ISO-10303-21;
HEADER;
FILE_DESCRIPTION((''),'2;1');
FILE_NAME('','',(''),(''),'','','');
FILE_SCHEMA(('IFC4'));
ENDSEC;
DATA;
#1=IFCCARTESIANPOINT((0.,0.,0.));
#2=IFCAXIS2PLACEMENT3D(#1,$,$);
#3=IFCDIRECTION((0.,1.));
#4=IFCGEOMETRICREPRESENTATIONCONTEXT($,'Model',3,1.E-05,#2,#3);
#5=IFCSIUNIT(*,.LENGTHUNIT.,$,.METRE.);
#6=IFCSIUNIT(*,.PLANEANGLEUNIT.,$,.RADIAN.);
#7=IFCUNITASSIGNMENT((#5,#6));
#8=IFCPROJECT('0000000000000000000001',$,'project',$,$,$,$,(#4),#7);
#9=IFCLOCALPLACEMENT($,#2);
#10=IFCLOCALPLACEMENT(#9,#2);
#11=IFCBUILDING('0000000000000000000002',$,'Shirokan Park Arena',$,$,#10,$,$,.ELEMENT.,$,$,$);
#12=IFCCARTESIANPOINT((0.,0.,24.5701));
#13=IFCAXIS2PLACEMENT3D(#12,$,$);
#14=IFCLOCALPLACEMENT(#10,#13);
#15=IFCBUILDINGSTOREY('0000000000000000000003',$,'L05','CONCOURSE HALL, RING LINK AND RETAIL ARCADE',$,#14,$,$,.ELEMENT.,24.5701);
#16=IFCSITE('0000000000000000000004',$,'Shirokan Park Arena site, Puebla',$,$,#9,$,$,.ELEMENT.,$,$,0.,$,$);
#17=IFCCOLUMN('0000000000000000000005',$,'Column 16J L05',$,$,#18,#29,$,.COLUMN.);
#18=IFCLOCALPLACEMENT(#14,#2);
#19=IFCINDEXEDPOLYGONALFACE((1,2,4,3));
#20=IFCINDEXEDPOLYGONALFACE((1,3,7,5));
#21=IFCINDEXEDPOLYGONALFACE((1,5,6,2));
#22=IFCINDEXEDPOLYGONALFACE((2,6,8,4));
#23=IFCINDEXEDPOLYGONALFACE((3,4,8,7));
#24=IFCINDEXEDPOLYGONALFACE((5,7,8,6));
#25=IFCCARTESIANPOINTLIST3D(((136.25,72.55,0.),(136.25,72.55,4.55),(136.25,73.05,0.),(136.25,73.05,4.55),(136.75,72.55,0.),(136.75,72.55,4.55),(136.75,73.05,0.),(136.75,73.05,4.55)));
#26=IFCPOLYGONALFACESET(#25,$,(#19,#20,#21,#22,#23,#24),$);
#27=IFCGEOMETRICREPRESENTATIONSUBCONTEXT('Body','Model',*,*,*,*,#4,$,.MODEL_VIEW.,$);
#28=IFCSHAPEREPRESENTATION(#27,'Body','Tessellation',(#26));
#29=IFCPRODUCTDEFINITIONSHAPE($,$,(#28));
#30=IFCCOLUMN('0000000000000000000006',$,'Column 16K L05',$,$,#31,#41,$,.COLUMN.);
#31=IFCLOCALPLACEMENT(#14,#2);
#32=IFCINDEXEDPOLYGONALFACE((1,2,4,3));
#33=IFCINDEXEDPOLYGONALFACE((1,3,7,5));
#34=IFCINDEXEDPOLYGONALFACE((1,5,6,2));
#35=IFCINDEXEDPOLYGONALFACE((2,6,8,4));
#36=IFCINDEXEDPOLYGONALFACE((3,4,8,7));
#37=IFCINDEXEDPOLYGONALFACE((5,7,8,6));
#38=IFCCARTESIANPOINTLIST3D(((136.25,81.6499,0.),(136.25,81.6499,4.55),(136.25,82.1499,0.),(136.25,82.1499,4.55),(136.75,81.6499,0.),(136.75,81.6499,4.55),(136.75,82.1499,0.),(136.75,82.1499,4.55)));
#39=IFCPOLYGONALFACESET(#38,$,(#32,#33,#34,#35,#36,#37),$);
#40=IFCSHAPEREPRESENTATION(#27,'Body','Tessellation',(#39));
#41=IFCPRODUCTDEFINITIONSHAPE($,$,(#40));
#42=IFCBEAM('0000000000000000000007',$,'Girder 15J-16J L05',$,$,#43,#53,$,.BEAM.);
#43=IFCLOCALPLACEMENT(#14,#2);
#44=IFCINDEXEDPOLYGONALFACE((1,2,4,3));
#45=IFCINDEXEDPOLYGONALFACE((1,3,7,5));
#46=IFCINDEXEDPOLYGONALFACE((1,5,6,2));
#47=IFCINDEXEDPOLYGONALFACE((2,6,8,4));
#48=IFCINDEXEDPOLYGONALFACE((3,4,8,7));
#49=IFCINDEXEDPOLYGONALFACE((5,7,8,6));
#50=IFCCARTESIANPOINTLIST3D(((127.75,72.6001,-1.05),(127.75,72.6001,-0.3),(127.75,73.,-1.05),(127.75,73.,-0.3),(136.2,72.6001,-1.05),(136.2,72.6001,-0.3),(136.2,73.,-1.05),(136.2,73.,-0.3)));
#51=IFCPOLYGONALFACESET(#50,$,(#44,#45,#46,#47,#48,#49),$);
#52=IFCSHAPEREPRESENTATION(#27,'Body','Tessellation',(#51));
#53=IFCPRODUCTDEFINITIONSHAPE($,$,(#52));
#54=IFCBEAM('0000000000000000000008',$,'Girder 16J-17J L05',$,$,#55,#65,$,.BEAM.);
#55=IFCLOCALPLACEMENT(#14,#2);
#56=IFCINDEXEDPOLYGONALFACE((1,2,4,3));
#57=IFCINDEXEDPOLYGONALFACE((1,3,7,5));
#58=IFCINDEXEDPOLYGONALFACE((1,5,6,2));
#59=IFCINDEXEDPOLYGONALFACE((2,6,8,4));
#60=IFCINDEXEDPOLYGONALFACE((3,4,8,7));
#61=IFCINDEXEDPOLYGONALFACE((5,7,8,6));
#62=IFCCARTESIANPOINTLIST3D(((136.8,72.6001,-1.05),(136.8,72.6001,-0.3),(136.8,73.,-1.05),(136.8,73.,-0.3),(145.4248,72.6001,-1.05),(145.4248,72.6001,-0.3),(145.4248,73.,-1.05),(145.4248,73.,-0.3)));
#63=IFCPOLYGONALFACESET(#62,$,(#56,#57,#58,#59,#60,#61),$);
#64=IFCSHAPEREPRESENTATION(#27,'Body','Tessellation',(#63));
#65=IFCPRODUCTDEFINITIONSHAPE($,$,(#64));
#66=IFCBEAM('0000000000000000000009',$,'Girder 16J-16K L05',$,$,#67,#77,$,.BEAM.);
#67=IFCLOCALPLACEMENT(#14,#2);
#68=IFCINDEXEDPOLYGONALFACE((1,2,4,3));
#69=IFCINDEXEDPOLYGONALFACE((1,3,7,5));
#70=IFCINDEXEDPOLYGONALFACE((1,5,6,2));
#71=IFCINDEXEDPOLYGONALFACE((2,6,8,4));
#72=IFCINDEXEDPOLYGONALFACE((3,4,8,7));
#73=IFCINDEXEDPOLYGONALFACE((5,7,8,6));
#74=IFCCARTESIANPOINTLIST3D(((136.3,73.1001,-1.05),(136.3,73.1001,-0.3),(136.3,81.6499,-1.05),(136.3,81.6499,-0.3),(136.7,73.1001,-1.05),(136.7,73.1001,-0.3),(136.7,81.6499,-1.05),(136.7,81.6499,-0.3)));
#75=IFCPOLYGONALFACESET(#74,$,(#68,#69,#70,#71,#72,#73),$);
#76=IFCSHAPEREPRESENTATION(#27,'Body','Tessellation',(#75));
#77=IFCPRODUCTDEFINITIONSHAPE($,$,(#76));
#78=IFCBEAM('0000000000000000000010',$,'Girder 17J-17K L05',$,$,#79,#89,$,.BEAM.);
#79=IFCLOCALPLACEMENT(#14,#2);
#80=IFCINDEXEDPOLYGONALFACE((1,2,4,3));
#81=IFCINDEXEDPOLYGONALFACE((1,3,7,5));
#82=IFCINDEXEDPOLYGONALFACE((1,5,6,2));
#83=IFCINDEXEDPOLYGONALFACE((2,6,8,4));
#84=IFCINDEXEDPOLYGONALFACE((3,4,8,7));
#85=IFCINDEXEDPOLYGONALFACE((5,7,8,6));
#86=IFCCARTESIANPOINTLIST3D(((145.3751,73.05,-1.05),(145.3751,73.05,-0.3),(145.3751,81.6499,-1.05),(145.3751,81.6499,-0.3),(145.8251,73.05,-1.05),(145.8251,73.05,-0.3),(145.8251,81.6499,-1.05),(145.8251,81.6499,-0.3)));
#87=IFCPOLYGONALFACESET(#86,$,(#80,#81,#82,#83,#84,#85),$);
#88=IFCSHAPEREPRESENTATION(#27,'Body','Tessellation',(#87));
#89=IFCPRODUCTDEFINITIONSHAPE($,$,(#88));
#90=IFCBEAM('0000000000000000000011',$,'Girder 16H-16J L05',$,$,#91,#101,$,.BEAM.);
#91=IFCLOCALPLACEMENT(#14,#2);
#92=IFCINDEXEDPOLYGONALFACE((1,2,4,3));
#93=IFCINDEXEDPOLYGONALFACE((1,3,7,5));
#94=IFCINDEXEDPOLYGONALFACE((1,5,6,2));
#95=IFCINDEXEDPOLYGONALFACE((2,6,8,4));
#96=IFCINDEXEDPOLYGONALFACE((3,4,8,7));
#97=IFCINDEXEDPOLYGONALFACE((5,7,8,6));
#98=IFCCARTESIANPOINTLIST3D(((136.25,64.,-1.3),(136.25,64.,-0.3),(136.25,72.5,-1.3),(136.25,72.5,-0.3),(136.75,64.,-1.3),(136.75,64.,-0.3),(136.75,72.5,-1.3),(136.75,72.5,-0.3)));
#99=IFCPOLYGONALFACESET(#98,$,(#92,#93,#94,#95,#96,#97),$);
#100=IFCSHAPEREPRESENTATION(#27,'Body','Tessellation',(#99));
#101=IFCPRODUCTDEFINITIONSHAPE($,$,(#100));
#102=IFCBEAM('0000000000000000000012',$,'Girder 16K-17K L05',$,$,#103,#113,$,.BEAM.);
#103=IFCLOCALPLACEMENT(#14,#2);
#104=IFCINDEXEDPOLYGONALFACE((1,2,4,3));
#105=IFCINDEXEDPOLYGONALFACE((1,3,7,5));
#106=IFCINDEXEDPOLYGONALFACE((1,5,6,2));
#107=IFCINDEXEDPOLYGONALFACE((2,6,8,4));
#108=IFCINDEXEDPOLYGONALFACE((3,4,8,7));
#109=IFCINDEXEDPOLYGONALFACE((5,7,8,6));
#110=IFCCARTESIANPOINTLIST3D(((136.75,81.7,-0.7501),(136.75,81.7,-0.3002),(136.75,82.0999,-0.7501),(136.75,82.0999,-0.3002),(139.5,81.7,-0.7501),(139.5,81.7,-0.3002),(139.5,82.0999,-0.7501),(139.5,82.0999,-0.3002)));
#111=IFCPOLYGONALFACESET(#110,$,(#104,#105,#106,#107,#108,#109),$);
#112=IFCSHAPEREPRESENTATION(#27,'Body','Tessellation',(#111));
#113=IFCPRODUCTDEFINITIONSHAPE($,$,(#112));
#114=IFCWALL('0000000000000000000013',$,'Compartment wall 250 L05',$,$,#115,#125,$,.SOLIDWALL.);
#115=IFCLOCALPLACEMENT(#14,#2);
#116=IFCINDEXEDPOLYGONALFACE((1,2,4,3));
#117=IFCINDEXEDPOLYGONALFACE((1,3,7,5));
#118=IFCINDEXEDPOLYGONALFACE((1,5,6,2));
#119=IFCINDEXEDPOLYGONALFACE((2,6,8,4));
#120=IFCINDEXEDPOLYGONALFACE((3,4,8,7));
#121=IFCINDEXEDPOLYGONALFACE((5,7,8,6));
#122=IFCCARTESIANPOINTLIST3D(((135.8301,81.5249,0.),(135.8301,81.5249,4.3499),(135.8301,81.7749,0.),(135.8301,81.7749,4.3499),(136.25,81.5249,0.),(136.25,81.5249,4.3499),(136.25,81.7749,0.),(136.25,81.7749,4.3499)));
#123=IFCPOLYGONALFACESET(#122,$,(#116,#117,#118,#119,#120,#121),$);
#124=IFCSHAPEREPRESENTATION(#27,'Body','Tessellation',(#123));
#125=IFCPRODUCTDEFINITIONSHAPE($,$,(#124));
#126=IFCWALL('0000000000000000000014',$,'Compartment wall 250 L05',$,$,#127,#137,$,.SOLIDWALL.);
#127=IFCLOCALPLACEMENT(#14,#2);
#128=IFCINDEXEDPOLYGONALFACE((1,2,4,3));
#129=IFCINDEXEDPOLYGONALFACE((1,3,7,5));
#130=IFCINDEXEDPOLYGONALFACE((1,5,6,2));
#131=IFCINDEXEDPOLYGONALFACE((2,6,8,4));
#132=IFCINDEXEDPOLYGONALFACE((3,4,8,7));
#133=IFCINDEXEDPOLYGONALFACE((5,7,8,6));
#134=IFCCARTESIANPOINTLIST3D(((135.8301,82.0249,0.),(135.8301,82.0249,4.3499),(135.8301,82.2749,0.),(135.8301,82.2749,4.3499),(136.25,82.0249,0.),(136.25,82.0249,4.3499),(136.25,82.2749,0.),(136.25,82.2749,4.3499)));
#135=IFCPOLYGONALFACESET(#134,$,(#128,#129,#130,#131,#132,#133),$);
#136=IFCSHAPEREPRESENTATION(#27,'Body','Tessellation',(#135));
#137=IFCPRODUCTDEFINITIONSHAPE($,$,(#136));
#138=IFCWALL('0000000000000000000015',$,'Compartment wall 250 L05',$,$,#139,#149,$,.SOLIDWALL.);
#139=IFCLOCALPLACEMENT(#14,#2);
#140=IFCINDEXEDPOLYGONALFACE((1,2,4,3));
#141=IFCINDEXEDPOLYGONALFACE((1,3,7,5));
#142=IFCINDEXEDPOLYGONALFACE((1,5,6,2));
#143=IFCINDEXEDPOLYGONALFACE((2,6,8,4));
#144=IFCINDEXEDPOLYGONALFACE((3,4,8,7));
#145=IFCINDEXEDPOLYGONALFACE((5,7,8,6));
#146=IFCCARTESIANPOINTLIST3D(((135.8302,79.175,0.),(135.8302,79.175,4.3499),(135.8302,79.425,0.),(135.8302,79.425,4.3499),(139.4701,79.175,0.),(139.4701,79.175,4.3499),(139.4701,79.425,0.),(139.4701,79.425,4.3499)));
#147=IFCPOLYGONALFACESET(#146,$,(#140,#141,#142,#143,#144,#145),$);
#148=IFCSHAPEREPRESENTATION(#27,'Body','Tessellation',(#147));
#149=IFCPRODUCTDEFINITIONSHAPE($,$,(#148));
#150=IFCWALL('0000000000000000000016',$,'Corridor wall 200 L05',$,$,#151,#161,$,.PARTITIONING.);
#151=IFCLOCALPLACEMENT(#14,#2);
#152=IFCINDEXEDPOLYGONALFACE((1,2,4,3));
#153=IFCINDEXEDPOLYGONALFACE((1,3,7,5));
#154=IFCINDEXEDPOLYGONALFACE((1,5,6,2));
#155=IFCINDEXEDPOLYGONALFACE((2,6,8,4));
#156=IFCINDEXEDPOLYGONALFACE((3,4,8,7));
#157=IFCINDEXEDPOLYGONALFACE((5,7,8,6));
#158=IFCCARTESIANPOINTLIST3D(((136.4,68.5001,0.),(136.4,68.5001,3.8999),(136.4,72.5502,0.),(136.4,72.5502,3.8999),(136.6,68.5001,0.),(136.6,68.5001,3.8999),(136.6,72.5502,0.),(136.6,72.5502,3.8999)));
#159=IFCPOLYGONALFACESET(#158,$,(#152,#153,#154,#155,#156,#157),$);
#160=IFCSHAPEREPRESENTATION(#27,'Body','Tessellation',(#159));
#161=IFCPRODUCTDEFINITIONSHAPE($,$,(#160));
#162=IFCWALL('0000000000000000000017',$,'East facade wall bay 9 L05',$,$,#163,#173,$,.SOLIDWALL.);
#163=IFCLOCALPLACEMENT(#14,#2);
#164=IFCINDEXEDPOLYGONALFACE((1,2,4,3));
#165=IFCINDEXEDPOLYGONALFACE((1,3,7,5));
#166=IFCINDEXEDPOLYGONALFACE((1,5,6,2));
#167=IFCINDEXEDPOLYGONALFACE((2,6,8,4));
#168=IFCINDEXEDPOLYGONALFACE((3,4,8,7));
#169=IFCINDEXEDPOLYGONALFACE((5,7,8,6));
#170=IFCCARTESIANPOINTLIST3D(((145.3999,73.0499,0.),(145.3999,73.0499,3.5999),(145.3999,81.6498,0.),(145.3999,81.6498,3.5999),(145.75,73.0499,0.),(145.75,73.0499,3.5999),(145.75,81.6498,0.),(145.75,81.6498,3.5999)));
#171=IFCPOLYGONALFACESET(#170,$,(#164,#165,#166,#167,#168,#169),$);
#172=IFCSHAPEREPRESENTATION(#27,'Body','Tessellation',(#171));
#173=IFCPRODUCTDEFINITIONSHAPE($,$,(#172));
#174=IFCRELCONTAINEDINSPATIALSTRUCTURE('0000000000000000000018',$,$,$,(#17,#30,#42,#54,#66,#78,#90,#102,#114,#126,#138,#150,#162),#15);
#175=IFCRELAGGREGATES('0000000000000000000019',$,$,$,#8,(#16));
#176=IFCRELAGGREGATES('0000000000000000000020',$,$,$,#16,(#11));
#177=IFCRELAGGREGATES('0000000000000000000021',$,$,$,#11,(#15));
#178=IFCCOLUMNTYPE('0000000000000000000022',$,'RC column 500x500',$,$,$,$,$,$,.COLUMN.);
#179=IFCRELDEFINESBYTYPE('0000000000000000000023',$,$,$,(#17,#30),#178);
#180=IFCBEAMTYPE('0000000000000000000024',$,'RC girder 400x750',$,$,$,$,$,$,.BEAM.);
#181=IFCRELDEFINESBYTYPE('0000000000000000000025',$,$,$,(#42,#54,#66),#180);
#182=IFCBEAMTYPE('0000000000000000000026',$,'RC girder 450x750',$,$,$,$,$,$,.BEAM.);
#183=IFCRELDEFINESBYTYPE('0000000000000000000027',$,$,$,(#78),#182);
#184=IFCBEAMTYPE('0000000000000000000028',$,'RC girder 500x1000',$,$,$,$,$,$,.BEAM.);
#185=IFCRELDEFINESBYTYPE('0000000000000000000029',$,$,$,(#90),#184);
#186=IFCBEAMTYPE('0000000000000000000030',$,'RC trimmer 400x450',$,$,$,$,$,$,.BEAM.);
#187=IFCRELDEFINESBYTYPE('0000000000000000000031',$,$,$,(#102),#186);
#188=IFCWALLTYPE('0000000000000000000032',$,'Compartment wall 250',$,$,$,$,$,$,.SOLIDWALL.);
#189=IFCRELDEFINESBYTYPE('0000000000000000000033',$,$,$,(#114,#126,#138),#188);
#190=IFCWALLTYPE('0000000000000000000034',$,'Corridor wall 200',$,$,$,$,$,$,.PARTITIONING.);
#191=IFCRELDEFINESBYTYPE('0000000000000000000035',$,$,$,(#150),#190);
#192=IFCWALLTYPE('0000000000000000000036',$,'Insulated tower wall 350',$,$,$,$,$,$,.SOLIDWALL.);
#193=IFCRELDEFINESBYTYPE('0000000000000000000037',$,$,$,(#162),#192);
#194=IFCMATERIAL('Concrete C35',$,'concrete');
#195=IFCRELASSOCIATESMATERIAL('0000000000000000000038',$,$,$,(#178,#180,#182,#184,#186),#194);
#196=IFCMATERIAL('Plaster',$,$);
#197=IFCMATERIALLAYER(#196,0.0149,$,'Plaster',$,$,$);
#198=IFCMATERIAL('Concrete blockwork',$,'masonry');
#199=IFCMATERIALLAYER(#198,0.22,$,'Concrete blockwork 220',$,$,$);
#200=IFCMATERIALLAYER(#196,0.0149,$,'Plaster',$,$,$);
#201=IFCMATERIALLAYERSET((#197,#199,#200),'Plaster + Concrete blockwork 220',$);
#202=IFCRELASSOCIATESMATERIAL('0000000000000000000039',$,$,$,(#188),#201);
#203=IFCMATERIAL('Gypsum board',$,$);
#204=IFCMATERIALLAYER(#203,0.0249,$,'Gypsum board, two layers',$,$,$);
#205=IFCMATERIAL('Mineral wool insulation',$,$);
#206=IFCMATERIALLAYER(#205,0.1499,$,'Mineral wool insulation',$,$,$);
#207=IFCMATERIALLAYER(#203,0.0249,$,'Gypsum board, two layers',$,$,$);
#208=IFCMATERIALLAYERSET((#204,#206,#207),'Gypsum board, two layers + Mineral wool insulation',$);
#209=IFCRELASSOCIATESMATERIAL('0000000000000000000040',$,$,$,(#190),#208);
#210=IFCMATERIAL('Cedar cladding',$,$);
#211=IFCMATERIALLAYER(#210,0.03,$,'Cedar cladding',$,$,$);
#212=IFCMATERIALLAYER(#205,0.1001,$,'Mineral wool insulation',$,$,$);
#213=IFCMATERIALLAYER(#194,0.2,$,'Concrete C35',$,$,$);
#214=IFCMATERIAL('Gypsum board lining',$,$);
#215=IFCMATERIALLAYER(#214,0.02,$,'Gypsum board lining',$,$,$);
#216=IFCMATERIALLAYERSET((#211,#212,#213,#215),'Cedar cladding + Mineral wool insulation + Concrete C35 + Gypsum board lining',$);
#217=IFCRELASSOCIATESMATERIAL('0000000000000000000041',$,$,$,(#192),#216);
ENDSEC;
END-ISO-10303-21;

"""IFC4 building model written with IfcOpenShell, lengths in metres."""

from ifc_helpers import new_model, si_unit, direction, frame, frame_2d, origin, origin_2d, place, context, subcontext, project, spatial, rectangle, extrude, material, layer, layer_set, material_profile, profile_set, type_object, element, save


model = new_model("IFC4")

# Units and contexts
model_context = context("Model", 3, precision=1e-05, world=origin(), true_north=direction((0.0, 1.0)))
body_context = subcontext(model_context, "Body", "Model", "MODEL_VIEW")
ifc_project = project(units=[si_unit("LENGTHUNIT", "METRE"), si_unit("PLANEANGLEUNIT", "RADIAN")], contexts=[model_context])

# Site, building, storey
site_placement = place(None, origin())
site = spatial("IfcSite", under=ifc_project, at=site_placement, Name="Shirokan Park Arena site, Puebla", CompositionType="ELEMENT", RefElevation=0.0)
building_placement = place(site_placement, origin())
building = spatial("IfcBuilding", under=site, at=building_placement, Name="Shirokan Park Arena", CompositionType="ELEMENT")
storey_placement = place(building_placement, frame((0.0, 0.0, 24.5701)))
storey = spatial("IfcBuildingStorey", under=building, at=storey_placement, Name="L05", Description="CONCOURSE HALL, RING LINK AND RETAIL ARCADE", CompositionType="ELEMENT", Elevation=24.5701)

# Columns
ifc_material_1 = material(Name="Concrete C35", Category="concrete")
ifc_material_profile_1 = material_profile(ifc_material_1, rectangle(XDim=0.5, YDim=0.5, at=origin_2d()), Name="500x500")
ifc_profile_set_1 = profile_set([ifc_material_profile_1], Name="Concrete C35")
column_type = type_object("IfcColumnType", Name="RC column 500x500", PredefinedType="COLUMN", material=ifc_profile_set_1)
for number, where, z_axis, x_axis, name in (
    (1, (136.5, 72.8, 0.0), (0.0, 0.0, 1.0), (1.0, 0.0, 0.0), "Column 16J L05"),
    (2, (136.5, 81.8999, 0.0), (0.0, 0.0, 1.0), (1.0, 0.0, 0.0), "Column 16K L05"),
):
    element("IfcColumn", number, at=place(storey_placement, frame(where, z_axis=z_axis, x_axis=x_axis)), inside=storey, type_object=column_type, Name=name, PredefinedType="COLUMN", context=body_context, shape_type="SweptSolid", body=[
        extrude(rectangle(XDim=0.5, YDim=0.5, at=origin_2d()), origin(), (0.0, 0.0, 1.0), 4.55),
    ])

# Beams
ifc_material_profile_2 = material_profile(ifc_material_1, rectangle(XDim=0.3999, YDim=0.75, at=origin_2d()), Name="400x750")
ifc_profile_set_2 = profile_set([ifc_material_profile_2], Name="Concrete C35")
beam_type_1 = type_object("IfcBeamType", Name="RC girder 400x750", PredefinedType="BEAM", material=ifc_profile_set_2)
beam_1_placement = place(storey_placement, frame((127.75, 72.8, -0.675), z_axis=(1.0, 0.0, 0.0), x_axis=(0.0, 1.0, 0.0)))
element("IfcBeam", 3, at=beam_1_placement, inside=storey, type_object=beam_type_1, Name="Girder 15J-16J L05", PredefinedType="BEAM", context=body_context, shape_type="SweptSolid", body=[
    extrude(rectangle(XDim=0.3999, YDim=0.75, at=origin_2d()), origin(), (0.0, 0.0, 1.0), 8.45),
])
beam_2_placement = place(storey_placement, frame((136.8, 72.8, -0.675), z_axis=(1.0, 0.0, 0.0), x_axis=(0.0, 1.0, 0.0)))
element("IfcBeam", 4, at=beam_2_placement, inside=storey, type_object=beam_type_1, Name="Girder 16J-17J L05", PredefinedType="BEAM", context=body_context, shape_type="SweptSolid", body=[
    extrude(rectangle(XDim=0.3999, YDim=0.75, at=origin_2d()), origin(), (0.0, 0.0, 1.0), 8.6248),
])
beam_3_placement = place(storey_placement, frame((136.5, 73.1001, -0.675), z_axis=(0.0, 1.0, 0.0), x_axis=(-1.0, 0.0, 0.0)))
element("IfcBeam", 5, at=beam_3_placement, inside=storey, type_object=beam_type_1, Name="Girder 16J-16K L05", PredefinedType="BEAM", context=body_context, shape_type="SweptSolid", body=[
    extrude(rectangle(XDim=0.3999, YDim=0.75, at=origin_2d()), origin(), (0.0, 0.0, 1.0), 8.5498),
])
ifc_material_profile_3 = material_profile(ifc_material_1, rectangle(XDim=0.45, YDim=0.75, at=origin_2d()), Name="450x750")
ifc_profile_set_3 = profile_set([ifc_material_profile_3], Name="Concrete C35")
beam_type_2 = type_object("IfcBeamType", Name="RC girder 450x750", PredefinedType="BEAM", material=ifc_profile_set_3)
beam_4_placement = place(storey_placement, frame((145.6001, 73.05, -0.675), z_axis=(0.0, 1.0, 0.0), x_axis=(-1.0, 0.0, 0.0)))
element("IfcBeam", 6, at=beam_4_placement, inside=storey, type_object=beam_type_2, Name="Girder 17J-17K L05", PredefinedType="BEAM", context=body_context, shape_type="SweptSolid", body=[
    extrude(rectangle(XDim=0.45, YDim=0.75, at=origin_2d()), origin(), (0.0, 0.0, 1.0), 8.5999),
])
ifc_material_profile_4 = material_profile(ifc_material_1, rectangle(XDim=0.5, YDim=1.0, at=origin_2d()), Name="500x1000")
ifc_profile_set_4 = profile_set([ifc_material_profile_4], Name="Concrete C35")
beam_type_3 = type_object("IfcBeamType", Name="RC girder 500x1000", PredefinedType="BEAM", material=ifc_profile_set_4)
beam_5_placement = place(storey_placement, frame((136.5, 64.0, -0.8), z_axis=(0.0, 1.0, 0.0), x_axis=(-1.0, 0.0, 0.0)))
element("IfcBeam", 7, at=beam_5_placement, inside=storey, type_object=beam_type_3, Name="Girder 16H-16J L05", PredefinedType="BEAM", context=body_context, shape_type="SweptSolid", body=[
    extrude(rectangle(XDim=0.5, YDim=1.0, at=origin_2d()), origin(), (0.0, 0.0, 1.0), 8.5),
])
ifc_material_profile_5 = material_profile(ifc_material_1, rectangle(XDim=0.3999, YDim=0.45, at=origin_2d()), Name="400x450")
ifc_profile_set_5 = profile_set([ifc_material_profile_5], Name="Concrete C35")
beam_type_4 = type_object("IfcBeamType", Name="RC trimmer 400x450", PredefinedType="BEAM", material=ifc_profile_set_5)
beam_6_placement = place(storey_placement, frame((136.75, 81.8999, -0.5251), z_axis=(1.0, 0.0, 0.0), x_axis=(0.0, 1.0, 0.0)))
element("IfcBeam", 8, at=beam_6_placement, inside=storey, type_object=beam_type_4, Name="Girder 16K-17K L05", PredefinedType="BEAM", context=body_context, shape_type="SweptSolid", body=[
    extrude(rectangle(XDim=0.3999, YDim=0.45, at=origin_2d()), origin(), (0.0, 0.0, 1.0), 2.75),
])

# Walls
ifc_material_2 = material(Name="Plaster")
ifc_layer_1 = layer(ifc_material_2, 0.0149, Name="Plaster")
ifc_material_3 = material(Name="Concrete blockwork", Category="masonry")
ifc_layer_2 = layer(ifc_material_3, 0.22, Name="Concrete blockwork 220")
ifc_layer_3 = layer(ifc_material_2, 0.0149, Name="Plaster")
ifc_layer_set_1 = layer_set([ifc_layer_1, ifc_layer_2, ifc_layer_3], Name="Plaster + Concrete blockwork 220")
wall_type_1 = type_object("IfcWallType", Name="Compartment wall 250", PredefinedType="SOLIDWALL", material=ifc_layer_set_1)
for number, where, z_axis, x_axis, name in (
    (9, (135.8301, 81.6499, 0.0), (0.0, 0.0, 1.0), (1.0, 0.0, 0.0), "Compartment wall 250 L05"),
    (10, (136.25, 82.1499, 0.0), (0.0, 0.0, 1.0), (-1.0, 0.0, 0.0), "Compartment wall 250 L05"),
):
    element("IfcWall", number, at=place(storey_placement, frame(where, z_axis=z_axis, x_axis=x_axis)), inside=storey, type_object=wall_type_1, Name=name, PredefinedType="SOLIDWALL", context=body_context, shape_type="SweptSolid", body=[
        extrude(rectangle(XDim=0.4199, YDim=0.25, at=frame_2d((0.21, 0.0))), origin(), (0.0, 0.0, 1.0), 4.3499),
    ])
wall_1_placement = place(storey_placement, frame((139.47, 79.3, 0.0), z_axis=(0.0, 0.0, 1.0), x_axis=(-1.0, 0.0, 0.0)))
element("IfcWall", 11, at=wall_1_placement, inside=storey, type_object=wall_type_1, Name="Compartment wall 250 L05", PredefinedType="SOLIDWALL", context=body_context, shape_type="SweptSolid", body=[
    extrude(rectangle(XDim=3.6399, YDim=0.25, at=frame_2d((1.8198, 0.0))), origin(), (0.0, 0.0, 1.0), 4.3499),
])
ifc_material_4 = material(Name="Gypsum board")
ifc_layer_4 = layer(ifc_material_4, 0.0249, Name="Gypsum board, two layers")
ifc_material_5 = material(Name="Mineral wool insulation")
ifc_layer_5 = layer(ifc_material_5, 0.1499, Name="Mineral wool insulation")
ifc_layer_6 = layer(ifc_material_4, 0.0249, Name="Gypsum board, two layers")
ifc_layer_set_2 = layer_set([ifc_layer_4, ifc_layer_5, ifc_layer_6], Name="Gypsum board, two layers + Mineral wool insulation")
wall_type_2 = type_object("IfcWallType", Name="Corridor wall 200", PredefinedType="PARTITIONING", material=ifc_layer_set_2)
wall_2_placement = place(storey_placement, frame((136.5, 72.55, 0.0), z_axis=(0.0, 0.0, 1.0), x_axis=(0.0, -1.0, 0.0)))
element("IfcWall", 12, at=wall_2_placement, inside=storey, type_object=wall_type_2, Name="Corridor wall 200 L05", PredefinedType="PARTITIONING", context=body_context, shape_type="SweptSolid", body=[
    extrude(rectangle(XDim=4.05, YDim=0.2, at=frame_2d((2.0249, 0.0))), origin(), (0.0, 0.0, 1.0), 3.8999),
])

# Wall
ifc_material_6 = material(Name="Cedar cladding")
ifc_layer_7 = layer(ifc_material_6, 0.03, Name="Cedar cladding")
ifc_layer_8 = layer(ifc_material_5, 0.1001, Name="Mineral wool insulation")
ifc_layer_9 = layer(ifc_material_1, 0.2, Name="Concrete C35")
ifc_material_7 = material(Name="Gypsum board lining")
ifc_layer_10 = layer(ifc_material_7, 0.02, Name="Gypsum board lining")
ifc_layer_set_3 = layer_set([ifc_layer_7, ifc_layer_8, ifc_layer_9, ifc_layer_10], Name="Cedar cladding + Mineral wool insulation + Concrete C35 + Gypsum board lining")
wall_type_3 = type_object("IfcWallType", Name="Insulated tower wall 350", PredefinedType="SOLIDWALL", material=ifc_layer_set_3)
wall_3_placement = place(storey_placement, frame((145.575, 73.05, 0.0), z_axis=(0.0, 0.0, 1.0), x_axis=(0.0, 1.0, 0.0)))
element("IfcWall", 13, at=wall_3_placement, inside=storey, type_object=wall_type_3, Name="East facade wall bay 9 L05", PredefinedType="SOLIDWALL", context=body_context, shape_type="SweptSolid", body=[
    extrude(rectangle(XDim=8.5999, YDim=0.3501, at=frame_2d((4.2998, 0.0))), origin(), (0.0, 0.0, 1.0), 3.5999),
])

save(model, "model.ifc")
